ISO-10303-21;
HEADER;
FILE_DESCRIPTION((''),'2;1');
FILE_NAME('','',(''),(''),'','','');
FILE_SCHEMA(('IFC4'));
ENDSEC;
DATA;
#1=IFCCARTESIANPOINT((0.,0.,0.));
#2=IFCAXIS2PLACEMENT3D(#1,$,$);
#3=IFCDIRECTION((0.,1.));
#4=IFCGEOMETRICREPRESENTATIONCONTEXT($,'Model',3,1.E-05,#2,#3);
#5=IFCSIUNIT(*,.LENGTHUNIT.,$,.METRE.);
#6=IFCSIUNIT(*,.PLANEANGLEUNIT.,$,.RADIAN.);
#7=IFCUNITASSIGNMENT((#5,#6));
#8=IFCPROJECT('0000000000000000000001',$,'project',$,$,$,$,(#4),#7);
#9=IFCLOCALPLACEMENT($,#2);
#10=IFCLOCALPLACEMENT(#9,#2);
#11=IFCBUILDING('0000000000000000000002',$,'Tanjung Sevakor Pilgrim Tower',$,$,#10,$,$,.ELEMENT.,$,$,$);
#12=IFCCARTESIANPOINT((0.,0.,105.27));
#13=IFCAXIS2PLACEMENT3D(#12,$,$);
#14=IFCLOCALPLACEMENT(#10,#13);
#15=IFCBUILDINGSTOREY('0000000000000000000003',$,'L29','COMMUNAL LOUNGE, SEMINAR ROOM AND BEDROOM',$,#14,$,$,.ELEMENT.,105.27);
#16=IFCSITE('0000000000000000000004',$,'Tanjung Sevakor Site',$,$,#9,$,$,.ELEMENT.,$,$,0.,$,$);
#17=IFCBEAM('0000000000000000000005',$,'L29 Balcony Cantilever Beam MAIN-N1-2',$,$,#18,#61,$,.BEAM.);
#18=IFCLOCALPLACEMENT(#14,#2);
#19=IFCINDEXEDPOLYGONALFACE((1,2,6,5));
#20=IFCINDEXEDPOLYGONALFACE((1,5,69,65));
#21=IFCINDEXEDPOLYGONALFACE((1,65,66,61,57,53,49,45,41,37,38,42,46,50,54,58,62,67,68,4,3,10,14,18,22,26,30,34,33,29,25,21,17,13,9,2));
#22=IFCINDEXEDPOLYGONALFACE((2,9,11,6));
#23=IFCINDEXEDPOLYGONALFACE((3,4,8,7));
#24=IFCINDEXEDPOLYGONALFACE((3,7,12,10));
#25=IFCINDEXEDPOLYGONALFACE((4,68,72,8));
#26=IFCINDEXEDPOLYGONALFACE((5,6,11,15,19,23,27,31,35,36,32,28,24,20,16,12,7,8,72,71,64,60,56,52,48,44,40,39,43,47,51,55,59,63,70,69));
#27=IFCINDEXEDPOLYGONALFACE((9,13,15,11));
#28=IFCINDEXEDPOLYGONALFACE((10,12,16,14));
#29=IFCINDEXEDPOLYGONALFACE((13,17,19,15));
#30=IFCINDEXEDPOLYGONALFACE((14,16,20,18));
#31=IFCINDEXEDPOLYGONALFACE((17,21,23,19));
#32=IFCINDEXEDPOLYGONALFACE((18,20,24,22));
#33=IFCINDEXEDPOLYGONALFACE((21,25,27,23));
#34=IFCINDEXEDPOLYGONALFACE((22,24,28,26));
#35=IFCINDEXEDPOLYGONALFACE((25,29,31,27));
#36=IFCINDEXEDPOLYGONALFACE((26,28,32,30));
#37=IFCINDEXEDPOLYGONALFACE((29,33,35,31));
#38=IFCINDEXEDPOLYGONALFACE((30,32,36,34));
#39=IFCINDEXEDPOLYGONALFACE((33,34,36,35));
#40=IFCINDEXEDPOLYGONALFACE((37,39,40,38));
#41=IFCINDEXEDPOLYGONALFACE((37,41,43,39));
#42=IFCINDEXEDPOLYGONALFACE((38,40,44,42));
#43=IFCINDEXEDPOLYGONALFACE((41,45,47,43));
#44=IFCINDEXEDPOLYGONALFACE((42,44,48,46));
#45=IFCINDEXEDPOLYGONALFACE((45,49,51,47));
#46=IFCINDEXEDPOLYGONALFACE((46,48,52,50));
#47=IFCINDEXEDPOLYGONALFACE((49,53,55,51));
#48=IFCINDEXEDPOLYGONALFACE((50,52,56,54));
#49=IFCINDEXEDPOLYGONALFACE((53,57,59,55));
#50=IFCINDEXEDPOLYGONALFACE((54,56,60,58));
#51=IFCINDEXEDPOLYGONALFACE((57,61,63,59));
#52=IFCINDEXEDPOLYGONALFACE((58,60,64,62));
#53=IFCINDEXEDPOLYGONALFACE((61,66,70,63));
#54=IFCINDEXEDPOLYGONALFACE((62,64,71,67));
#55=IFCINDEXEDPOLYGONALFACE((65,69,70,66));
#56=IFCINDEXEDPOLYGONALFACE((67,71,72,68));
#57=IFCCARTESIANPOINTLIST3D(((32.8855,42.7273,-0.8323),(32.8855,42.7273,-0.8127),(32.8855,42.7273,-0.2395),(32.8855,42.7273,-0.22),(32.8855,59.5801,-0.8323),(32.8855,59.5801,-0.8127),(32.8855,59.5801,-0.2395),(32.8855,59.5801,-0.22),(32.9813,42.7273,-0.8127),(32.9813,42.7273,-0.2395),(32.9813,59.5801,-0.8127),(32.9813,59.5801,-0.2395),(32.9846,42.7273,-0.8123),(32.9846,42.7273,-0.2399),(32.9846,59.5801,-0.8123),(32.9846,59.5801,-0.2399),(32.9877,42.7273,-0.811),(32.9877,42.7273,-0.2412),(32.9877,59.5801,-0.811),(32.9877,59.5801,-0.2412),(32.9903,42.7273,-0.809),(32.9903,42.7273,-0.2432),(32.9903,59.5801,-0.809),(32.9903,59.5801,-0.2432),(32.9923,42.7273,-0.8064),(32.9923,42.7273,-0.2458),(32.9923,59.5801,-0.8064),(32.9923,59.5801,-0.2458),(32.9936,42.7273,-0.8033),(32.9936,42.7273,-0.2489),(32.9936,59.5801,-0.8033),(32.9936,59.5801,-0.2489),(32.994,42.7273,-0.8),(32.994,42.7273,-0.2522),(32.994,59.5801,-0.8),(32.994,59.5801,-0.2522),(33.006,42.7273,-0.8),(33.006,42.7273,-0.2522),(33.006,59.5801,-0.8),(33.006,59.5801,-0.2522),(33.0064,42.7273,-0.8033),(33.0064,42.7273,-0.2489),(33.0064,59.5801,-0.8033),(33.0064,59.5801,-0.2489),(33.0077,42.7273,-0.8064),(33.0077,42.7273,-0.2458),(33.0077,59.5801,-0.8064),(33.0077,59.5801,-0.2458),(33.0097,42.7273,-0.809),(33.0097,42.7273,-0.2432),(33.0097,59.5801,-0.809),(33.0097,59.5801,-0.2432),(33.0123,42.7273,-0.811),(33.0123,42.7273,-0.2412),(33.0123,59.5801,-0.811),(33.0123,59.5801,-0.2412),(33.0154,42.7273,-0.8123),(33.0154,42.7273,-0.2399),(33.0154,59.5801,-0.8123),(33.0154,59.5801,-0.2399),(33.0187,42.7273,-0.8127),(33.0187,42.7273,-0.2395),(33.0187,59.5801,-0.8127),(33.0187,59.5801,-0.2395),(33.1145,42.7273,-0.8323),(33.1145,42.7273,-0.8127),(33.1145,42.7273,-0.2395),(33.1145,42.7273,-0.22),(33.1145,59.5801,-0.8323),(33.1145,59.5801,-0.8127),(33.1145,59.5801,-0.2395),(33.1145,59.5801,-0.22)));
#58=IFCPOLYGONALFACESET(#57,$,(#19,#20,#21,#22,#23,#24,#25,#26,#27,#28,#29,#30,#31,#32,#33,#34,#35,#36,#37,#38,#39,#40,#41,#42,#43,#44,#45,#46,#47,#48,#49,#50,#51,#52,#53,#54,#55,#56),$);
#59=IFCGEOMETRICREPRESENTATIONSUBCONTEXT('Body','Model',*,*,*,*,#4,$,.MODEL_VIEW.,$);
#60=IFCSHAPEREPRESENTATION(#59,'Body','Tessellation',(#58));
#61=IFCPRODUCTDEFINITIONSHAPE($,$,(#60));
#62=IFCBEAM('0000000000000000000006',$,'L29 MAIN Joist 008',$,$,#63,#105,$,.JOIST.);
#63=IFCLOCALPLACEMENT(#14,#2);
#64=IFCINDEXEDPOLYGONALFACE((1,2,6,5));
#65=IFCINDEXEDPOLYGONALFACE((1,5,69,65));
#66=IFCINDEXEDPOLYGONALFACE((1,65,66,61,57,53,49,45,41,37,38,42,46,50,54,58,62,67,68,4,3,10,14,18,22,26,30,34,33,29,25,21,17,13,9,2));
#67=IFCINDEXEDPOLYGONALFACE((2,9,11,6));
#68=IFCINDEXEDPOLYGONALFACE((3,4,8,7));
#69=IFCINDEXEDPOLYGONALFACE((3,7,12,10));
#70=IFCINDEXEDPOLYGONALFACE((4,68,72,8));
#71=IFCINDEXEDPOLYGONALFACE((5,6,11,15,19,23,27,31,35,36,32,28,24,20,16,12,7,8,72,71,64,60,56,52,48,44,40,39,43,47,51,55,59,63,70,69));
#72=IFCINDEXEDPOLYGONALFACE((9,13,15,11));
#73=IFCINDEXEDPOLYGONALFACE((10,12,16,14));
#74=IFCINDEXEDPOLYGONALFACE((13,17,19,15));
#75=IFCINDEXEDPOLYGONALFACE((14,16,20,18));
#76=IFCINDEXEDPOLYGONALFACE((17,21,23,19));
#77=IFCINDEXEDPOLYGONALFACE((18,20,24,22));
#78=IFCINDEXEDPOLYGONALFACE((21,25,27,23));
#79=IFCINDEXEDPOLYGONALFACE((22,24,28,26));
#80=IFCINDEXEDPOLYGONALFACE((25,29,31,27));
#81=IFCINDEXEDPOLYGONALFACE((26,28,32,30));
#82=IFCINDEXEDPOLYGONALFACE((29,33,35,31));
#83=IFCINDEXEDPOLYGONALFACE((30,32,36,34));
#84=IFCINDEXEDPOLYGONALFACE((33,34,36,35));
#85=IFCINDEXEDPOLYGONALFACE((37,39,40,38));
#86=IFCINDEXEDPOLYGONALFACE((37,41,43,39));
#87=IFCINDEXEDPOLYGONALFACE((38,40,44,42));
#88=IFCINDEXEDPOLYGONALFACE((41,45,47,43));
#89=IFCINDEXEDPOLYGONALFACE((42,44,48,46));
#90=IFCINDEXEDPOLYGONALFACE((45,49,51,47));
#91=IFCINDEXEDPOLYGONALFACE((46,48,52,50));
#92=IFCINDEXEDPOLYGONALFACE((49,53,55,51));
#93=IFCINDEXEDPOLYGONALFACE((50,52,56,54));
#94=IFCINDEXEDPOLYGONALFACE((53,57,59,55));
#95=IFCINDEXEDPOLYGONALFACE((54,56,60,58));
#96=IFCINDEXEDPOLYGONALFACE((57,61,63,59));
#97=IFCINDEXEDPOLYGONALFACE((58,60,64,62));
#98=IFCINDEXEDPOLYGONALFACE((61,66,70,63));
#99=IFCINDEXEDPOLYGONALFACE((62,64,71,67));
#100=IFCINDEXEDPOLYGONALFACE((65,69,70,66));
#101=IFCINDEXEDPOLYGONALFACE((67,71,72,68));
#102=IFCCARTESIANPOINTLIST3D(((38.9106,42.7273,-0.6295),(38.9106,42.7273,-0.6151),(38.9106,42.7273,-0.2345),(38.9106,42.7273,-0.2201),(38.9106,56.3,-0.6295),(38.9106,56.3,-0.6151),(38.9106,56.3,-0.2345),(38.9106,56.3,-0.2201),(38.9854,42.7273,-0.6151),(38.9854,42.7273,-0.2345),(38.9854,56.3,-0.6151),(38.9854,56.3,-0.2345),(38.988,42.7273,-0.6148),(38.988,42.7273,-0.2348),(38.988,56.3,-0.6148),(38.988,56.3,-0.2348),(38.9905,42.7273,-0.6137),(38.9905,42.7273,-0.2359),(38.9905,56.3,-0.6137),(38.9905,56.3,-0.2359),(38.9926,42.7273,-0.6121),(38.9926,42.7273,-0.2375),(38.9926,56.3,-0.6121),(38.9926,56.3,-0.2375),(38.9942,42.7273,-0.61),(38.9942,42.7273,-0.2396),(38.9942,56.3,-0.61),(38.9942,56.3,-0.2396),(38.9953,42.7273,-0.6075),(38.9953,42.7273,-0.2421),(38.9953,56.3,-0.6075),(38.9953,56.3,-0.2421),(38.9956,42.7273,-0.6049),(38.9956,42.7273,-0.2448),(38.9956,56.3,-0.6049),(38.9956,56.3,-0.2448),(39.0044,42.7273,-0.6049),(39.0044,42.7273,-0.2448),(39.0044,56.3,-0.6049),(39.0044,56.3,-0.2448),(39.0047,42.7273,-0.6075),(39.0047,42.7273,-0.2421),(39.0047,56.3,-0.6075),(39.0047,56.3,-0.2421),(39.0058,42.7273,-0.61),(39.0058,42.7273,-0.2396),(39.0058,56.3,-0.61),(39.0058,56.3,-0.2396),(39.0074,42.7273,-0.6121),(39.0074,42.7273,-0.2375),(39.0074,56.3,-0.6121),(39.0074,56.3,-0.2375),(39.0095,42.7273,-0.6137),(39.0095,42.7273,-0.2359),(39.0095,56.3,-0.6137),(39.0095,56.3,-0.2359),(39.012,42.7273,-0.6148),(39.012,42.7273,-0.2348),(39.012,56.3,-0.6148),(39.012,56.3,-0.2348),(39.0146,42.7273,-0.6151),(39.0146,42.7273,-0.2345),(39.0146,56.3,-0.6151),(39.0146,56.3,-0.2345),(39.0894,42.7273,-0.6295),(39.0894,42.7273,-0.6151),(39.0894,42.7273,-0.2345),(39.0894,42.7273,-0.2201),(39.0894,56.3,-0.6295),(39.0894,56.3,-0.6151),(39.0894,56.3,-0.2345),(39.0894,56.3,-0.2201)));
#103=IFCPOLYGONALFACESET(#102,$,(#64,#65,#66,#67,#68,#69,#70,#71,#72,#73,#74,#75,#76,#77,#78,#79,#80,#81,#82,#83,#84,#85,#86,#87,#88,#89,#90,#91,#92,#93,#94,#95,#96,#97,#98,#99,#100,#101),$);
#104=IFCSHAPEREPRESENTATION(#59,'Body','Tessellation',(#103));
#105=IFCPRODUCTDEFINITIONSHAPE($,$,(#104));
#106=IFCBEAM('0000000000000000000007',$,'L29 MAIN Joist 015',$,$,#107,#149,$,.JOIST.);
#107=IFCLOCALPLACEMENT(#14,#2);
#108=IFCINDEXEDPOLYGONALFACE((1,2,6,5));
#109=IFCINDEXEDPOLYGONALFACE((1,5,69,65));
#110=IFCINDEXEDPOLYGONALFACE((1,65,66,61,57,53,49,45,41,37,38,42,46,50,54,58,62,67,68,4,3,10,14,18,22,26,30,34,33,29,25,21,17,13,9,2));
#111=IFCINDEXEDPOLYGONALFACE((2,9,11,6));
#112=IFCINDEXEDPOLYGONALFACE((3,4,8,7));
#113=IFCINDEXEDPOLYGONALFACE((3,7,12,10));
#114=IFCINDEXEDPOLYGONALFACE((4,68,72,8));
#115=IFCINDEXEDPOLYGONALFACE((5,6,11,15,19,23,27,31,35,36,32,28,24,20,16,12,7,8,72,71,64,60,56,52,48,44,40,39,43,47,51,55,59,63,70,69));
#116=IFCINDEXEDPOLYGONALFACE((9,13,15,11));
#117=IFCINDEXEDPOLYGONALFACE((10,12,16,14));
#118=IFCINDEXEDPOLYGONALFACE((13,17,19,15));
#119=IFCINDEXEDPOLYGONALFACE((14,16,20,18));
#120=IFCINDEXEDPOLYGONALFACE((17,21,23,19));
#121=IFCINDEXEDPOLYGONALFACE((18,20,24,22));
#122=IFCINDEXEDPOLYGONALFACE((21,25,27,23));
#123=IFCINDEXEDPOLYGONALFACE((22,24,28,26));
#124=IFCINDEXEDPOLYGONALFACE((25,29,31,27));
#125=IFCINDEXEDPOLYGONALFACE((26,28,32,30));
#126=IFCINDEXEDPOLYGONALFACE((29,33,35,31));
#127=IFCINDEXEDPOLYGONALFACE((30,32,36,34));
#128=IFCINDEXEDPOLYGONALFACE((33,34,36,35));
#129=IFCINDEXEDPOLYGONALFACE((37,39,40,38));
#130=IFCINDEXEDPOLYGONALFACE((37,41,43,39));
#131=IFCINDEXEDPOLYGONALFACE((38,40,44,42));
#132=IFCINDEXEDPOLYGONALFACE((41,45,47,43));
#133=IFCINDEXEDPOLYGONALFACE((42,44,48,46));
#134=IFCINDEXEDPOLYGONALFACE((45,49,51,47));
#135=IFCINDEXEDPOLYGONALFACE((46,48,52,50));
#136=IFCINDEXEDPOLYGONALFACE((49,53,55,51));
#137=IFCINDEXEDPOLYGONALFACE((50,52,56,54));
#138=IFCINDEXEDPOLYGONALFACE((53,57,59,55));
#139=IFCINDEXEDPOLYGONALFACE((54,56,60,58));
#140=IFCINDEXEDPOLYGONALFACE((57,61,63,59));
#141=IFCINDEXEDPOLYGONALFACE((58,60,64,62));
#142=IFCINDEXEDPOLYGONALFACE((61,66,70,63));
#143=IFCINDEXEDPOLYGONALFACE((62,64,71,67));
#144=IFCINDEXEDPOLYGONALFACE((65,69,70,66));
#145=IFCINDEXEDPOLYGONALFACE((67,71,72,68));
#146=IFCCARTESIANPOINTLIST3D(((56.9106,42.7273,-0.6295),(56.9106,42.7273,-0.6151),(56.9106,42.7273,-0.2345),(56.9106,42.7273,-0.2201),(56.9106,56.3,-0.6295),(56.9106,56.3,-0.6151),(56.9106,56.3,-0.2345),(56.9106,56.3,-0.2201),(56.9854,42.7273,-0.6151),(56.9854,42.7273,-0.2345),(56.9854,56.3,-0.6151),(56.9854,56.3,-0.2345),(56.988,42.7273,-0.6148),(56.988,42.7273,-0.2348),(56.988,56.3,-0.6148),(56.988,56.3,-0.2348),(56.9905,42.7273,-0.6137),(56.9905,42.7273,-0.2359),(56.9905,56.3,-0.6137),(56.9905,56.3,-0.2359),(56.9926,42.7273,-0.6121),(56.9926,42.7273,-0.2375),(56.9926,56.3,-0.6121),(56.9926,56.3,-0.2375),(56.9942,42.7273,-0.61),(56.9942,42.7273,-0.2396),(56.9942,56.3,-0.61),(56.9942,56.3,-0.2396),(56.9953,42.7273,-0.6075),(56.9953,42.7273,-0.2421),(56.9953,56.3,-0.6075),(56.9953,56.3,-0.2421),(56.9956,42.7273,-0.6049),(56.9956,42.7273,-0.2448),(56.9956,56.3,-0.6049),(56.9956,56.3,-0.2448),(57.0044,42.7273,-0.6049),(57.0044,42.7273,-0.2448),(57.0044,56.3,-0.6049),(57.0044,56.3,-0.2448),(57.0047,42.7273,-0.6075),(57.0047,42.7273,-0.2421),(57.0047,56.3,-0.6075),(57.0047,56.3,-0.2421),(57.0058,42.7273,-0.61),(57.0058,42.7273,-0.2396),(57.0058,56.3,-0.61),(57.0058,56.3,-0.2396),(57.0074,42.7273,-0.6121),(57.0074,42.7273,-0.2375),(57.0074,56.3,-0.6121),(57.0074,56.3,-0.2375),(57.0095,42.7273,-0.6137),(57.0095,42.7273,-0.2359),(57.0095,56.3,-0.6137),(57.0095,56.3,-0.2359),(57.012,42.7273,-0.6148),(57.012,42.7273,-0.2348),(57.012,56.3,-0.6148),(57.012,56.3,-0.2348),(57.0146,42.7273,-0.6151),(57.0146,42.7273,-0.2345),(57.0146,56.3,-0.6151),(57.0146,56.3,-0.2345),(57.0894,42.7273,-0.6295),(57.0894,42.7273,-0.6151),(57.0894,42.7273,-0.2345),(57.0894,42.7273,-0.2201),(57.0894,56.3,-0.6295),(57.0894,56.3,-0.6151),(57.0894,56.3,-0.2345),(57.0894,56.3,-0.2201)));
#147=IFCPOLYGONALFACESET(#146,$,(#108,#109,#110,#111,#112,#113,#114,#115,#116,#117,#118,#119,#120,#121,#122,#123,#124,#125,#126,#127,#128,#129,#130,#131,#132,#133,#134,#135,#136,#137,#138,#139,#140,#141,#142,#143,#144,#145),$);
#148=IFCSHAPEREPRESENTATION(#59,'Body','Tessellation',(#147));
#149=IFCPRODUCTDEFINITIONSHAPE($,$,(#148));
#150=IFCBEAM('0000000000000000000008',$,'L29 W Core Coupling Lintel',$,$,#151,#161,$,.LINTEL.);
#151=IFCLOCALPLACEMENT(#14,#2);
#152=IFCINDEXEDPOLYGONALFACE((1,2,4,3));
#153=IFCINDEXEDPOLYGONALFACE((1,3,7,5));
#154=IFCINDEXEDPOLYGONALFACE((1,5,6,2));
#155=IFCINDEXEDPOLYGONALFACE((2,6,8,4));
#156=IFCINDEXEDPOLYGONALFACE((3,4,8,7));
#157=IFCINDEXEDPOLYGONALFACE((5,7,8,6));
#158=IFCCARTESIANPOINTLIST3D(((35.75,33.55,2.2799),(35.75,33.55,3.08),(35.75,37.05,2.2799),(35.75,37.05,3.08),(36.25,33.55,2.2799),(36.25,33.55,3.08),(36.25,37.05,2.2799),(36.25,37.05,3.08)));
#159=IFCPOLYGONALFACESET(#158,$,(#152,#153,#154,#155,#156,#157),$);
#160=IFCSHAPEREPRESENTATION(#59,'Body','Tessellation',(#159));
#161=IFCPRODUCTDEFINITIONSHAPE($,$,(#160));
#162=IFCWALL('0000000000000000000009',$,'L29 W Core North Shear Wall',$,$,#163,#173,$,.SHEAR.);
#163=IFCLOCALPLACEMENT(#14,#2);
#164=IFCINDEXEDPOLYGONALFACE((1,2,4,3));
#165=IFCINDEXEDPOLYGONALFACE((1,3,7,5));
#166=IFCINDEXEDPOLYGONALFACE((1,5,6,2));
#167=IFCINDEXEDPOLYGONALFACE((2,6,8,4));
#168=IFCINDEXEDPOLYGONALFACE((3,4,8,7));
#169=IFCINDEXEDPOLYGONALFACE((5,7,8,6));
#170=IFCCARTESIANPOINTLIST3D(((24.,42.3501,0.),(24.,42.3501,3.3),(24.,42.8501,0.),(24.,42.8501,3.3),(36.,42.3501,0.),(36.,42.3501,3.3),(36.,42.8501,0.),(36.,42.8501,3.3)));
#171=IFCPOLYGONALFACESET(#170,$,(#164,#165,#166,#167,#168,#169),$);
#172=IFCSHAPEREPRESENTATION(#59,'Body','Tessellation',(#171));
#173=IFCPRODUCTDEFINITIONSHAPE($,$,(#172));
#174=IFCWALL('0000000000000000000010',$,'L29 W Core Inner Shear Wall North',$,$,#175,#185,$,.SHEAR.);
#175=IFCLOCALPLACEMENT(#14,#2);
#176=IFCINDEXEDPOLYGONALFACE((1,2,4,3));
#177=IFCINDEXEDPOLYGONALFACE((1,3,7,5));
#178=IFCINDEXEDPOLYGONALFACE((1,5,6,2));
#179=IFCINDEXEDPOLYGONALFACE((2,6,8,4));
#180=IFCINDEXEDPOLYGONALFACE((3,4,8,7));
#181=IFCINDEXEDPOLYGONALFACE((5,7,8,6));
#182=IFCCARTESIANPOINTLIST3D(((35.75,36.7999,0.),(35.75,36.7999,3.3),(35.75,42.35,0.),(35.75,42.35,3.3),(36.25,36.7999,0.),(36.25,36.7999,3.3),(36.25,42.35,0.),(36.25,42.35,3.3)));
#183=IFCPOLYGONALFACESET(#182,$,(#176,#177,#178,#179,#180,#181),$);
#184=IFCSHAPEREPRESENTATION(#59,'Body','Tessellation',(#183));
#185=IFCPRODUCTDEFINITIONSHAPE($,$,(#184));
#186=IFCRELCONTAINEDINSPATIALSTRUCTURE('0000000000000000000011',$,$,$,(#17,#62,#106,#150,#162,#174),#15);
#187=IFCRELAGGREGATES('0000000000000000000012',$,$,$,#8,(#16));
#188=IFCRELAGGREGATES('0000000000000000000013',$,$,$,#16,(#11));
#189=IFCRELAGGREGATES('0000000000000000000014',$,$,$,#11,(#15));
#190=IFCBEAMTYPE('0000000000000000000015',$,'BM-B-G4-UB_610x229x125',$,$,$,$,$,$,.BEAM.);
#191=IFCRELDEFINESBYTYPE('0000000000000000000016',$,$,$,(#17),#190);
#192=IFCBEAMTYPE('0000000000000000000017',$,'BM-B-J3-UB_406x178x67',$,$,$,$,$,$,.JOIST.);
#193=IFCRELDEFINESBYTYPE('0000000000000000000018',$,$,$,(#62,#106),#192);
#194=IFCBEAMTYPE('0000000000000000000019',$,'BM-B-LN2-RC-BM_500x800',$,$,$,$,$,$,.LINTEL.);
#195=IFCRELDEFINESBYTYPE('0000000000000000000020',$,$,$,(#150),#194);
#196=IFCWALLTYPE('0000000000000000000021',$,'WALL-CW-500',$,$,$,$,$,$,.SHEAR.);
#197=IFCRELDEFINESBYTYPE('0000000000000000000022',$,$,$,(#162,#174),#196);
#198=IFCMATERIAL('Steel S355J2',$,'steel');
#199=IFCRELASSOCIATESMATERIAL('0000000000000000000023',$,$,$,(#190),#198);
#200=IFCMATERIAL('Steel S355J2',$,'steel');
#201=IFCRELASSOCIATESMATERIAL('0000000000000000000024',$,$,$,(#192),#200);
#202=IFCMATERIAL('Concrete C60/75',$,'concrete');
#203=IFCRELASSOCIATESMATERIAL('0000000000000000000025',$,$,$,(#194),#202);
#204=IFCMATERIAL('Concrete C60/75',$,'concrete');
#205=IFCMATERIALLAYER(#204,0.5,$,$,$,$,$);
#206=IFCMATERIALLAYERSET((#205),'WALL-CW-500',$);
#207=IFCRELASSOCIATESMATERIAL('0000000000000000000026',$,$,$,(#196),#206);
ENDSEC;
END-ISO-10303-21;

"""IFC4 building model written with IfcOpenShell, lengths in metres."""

from ifc_helpers import new_model, si_unit, direction, frame, frame_2d, origin, origin_2d, place, context, subcontext, project, spatial, rectangle, i_section, extrude, material, layer, layer_set, material_profile, profile_set, type_object, element, save


model = new_model("IFC4")

# Units and contexts
model_context = context("Model", 3, precision=1e-05, world=origin(), true_north=direction((0.0, 1.0)))
body_context = subcontext(model_context, "Body", "Model", "MODEL_VIEW")
ifc_project = project(units=[si_unit("LENGTHUNIT", "METRE"), si_unit("PLANEANGLEUNIT", "RADIAN")], contexts=[model_context])

# Site, building, storey
site_placement = place(None, origin())
site = spatial("IfcSite", under=ifc_project, at=site_placement, Name="Tanjung Sevakor Site", CompositionType="ELEMENT", RefElevation=0.0)
building_placement = place(site_placement, origin())
building = spatial("IfcBuilding", under=site, at=building_placement, Name="Tanjung Sevakor Pilgrim Tower", CompositionType="ELEMENT")
storey_placement = place(building_placement, frame((0.0, 0.0, 105.27)))
storey = spatial("IfcBuildingStorey", under=building, at=storey_placement, Name="L29", Description="COMMUNAL LOUNGE, SEMINAR ROOM AND BEDROOM", CompositionType="ELEMENT", Elevation=105.27)

# Beams
ifc_material_1 = material(Name="Steel S355J2", Category="steel")
ifc_material_profile_1 = material_profile(ifc_material_1, i_section(OverallWidth=0.229, OverallDepth=0.6123, WebThickness=0.012, FlangeThickness=0.0195, FilletRadius=0.0127, at=origin_2d()))
ifc_profile_set_1 = profile_set([ifc_material_profile_1], Name="Steel S355J2")
beam_type_1 = type_object("IfcBeamType", Name="BM-B-G4-UB_610x229x125", PredefinedType="BEAM", material=ifc_profile_set_1)
beam_1_placement = place(storey_placement, frame((33.0, 42.7273, -0.5261), z_axis=(0.0, 1.0, 0.0), x_axis=(-1.0, 0.0, 0.0)))
element("IfcBeam", 1, at=beam_1_placement, inside=storey, type_object=beam_type_1, Name="L29 Balcony Cantilever Beam MAIN-N1-2", PredefinedType="BEAM", context=body_context, shape_type="SweptSolid", body=[
    extrude(i_section(OverallWidth=0.229, OverallDepth=0.6123, WebThickness=0.012, FlangeThickness=0.0195, FilletRadius=0.0127, at=origin_2d()), origin(), (0.0, 0.0, 1.0), 16.8528),
])
ifc_material_2 = material(Name="Steel S355J2", Category="steel")
ifc_material_profile_2 = material_profile(ifc_material_2, i_section(OverallWidth=0.1787, OverallDepth=0.4094, WebThickness=0.0088, FlangeThickness=0.0144, FilletRadius=0.0103, at=origin_2d()))
ifc_profile_set_2 = profile_set([ifc_material_profile_2], Name="Steel S355J2")
beam_type_2 = type_object("IfcBeamType", Name="BM-B-J3-UB_406x178x67", PredefinedType="JOIST", material=ifc_profile_set_2)
for number, where, z_axis, x_axis, name in (
    (2, (39.0, 42.7273, -0.4248), (0.0, 1.0, 0.0), (-1.0, 0.0, 0.0), "L29 MAIN Joist 008"),
    (3, (57.0, 42.7273, -0.4248), (0.0, 1.0, 0.0), (-1.0, 0.0, 0.0), "L29 MAIN Joist 015"),
):
    element("IfcBeam", number, at=place(storey_placement, frame(where, z_axis=z_axis, x_axis=x_axis)), inside=storey, type_object=beam_type_2, Name=name, PredefinedType="JOIST", context=body_context, shape_type="SweptSolid", body=[
        extrude(i_section(OverallWidth=0.1787, OverallDepth=0.4094, WebThickness=0.0088, FlangeThickness=0.0144, FilletRadius=0.0103, at=origin_2d()), origin(), (0.0, 0.0, 1.0), 13.5728),
    ])
ifc_material_3 = material(Name="Concrete C60/75", Category="concrete")
ifc_material_profile_3 = material_profile(ifc_material_3, rectangle(XDim=0.5, YDim=0.8, at=origin_2d()))
ifc_profile_set_3 = profile_set([ifc_material_profile_3], Name="Concrete C60/75")
beam_type_3 = type_object("IfcBeamType", Name="BM-B-LN2-RC-BM_500x800", PredefinedType="LINTEL", material=ifc_profile_set_3)
beam_2_placement = place(storey_placement, frame((36.0, 33.55, 2.6799), z_axis=(0.0, 1.0, 0.0), x_axis=(-1.0, 0.0, 0.0)))
element("IfcBeam", 4, at=beam_2_placement, inside=storey, type_object=beam_type_3, Name="L29 W Core Coupling Lintel", PredefinedType="LINTEL", context=body_context, shape_type="SweptSolid", body=[
    extrude(rectangle(XDim=0.5, YDim=0.8, at=origin_2d()), origin(), (0.0, 0.0, 1.0), 3.5),
])

# Walls
ifc_material_4 = material(Name="Concrete C60/75", Category="concrete")
ifc_layer_1 = layer(ifc_material_4, 0.5)
ifc_layer_set_1 = layer_set([ifc_layer_1], Name="WALL-CW-500")
wall_type_1 = type_object("IfcWallType", Name="WALL-CW-500", PredefinedType="SHEAR", material=ifc_layer_set_1)
wall_1_placement = place(storey_placement, frame((36.0, 42.6001, 0.0), z_axis=(0.0, 0.0, 1.0), x_axis=(-1.0, 0.0, 0.0)))
element("IfcWall", 5, at=wall_1_placement, inside=storey, type_object=wall_type_1, Name="L29 W Core North Shear Wall", PredefinedType="SHEAR", context=body_context, shape_type="SweptSolid", body=[
    extrude(rectangle(XDim=12.0, YDim=0.5, at=frame_2d((6.0, 0.0))), origin(), (0.0, 0.0, 1.0), 3.3),
])
wall_2_placement = place(storey_placement, frame((36.0, 36.8, 0.0), z_axis=(0.0, 0.0, 1.0), x_axis=(0.0, 1.0, 0.0)))
element("IfcWall", 6, at=wall_2_placement, inside=storey, type_object=wall_type_1, Name="L29 W Core Inner Shear Wall North", PredefinedType="SHEAR", context=body_context, shape_type="SweptSolid", body=[
    extrude(rectangle(XDim=5.55, YDim=0.5, at=frame_2d((2.7749, 0.0))), origin(), (0.0, 0.0, 1.0), 3.3),
])

save(model, "model.ifc")
